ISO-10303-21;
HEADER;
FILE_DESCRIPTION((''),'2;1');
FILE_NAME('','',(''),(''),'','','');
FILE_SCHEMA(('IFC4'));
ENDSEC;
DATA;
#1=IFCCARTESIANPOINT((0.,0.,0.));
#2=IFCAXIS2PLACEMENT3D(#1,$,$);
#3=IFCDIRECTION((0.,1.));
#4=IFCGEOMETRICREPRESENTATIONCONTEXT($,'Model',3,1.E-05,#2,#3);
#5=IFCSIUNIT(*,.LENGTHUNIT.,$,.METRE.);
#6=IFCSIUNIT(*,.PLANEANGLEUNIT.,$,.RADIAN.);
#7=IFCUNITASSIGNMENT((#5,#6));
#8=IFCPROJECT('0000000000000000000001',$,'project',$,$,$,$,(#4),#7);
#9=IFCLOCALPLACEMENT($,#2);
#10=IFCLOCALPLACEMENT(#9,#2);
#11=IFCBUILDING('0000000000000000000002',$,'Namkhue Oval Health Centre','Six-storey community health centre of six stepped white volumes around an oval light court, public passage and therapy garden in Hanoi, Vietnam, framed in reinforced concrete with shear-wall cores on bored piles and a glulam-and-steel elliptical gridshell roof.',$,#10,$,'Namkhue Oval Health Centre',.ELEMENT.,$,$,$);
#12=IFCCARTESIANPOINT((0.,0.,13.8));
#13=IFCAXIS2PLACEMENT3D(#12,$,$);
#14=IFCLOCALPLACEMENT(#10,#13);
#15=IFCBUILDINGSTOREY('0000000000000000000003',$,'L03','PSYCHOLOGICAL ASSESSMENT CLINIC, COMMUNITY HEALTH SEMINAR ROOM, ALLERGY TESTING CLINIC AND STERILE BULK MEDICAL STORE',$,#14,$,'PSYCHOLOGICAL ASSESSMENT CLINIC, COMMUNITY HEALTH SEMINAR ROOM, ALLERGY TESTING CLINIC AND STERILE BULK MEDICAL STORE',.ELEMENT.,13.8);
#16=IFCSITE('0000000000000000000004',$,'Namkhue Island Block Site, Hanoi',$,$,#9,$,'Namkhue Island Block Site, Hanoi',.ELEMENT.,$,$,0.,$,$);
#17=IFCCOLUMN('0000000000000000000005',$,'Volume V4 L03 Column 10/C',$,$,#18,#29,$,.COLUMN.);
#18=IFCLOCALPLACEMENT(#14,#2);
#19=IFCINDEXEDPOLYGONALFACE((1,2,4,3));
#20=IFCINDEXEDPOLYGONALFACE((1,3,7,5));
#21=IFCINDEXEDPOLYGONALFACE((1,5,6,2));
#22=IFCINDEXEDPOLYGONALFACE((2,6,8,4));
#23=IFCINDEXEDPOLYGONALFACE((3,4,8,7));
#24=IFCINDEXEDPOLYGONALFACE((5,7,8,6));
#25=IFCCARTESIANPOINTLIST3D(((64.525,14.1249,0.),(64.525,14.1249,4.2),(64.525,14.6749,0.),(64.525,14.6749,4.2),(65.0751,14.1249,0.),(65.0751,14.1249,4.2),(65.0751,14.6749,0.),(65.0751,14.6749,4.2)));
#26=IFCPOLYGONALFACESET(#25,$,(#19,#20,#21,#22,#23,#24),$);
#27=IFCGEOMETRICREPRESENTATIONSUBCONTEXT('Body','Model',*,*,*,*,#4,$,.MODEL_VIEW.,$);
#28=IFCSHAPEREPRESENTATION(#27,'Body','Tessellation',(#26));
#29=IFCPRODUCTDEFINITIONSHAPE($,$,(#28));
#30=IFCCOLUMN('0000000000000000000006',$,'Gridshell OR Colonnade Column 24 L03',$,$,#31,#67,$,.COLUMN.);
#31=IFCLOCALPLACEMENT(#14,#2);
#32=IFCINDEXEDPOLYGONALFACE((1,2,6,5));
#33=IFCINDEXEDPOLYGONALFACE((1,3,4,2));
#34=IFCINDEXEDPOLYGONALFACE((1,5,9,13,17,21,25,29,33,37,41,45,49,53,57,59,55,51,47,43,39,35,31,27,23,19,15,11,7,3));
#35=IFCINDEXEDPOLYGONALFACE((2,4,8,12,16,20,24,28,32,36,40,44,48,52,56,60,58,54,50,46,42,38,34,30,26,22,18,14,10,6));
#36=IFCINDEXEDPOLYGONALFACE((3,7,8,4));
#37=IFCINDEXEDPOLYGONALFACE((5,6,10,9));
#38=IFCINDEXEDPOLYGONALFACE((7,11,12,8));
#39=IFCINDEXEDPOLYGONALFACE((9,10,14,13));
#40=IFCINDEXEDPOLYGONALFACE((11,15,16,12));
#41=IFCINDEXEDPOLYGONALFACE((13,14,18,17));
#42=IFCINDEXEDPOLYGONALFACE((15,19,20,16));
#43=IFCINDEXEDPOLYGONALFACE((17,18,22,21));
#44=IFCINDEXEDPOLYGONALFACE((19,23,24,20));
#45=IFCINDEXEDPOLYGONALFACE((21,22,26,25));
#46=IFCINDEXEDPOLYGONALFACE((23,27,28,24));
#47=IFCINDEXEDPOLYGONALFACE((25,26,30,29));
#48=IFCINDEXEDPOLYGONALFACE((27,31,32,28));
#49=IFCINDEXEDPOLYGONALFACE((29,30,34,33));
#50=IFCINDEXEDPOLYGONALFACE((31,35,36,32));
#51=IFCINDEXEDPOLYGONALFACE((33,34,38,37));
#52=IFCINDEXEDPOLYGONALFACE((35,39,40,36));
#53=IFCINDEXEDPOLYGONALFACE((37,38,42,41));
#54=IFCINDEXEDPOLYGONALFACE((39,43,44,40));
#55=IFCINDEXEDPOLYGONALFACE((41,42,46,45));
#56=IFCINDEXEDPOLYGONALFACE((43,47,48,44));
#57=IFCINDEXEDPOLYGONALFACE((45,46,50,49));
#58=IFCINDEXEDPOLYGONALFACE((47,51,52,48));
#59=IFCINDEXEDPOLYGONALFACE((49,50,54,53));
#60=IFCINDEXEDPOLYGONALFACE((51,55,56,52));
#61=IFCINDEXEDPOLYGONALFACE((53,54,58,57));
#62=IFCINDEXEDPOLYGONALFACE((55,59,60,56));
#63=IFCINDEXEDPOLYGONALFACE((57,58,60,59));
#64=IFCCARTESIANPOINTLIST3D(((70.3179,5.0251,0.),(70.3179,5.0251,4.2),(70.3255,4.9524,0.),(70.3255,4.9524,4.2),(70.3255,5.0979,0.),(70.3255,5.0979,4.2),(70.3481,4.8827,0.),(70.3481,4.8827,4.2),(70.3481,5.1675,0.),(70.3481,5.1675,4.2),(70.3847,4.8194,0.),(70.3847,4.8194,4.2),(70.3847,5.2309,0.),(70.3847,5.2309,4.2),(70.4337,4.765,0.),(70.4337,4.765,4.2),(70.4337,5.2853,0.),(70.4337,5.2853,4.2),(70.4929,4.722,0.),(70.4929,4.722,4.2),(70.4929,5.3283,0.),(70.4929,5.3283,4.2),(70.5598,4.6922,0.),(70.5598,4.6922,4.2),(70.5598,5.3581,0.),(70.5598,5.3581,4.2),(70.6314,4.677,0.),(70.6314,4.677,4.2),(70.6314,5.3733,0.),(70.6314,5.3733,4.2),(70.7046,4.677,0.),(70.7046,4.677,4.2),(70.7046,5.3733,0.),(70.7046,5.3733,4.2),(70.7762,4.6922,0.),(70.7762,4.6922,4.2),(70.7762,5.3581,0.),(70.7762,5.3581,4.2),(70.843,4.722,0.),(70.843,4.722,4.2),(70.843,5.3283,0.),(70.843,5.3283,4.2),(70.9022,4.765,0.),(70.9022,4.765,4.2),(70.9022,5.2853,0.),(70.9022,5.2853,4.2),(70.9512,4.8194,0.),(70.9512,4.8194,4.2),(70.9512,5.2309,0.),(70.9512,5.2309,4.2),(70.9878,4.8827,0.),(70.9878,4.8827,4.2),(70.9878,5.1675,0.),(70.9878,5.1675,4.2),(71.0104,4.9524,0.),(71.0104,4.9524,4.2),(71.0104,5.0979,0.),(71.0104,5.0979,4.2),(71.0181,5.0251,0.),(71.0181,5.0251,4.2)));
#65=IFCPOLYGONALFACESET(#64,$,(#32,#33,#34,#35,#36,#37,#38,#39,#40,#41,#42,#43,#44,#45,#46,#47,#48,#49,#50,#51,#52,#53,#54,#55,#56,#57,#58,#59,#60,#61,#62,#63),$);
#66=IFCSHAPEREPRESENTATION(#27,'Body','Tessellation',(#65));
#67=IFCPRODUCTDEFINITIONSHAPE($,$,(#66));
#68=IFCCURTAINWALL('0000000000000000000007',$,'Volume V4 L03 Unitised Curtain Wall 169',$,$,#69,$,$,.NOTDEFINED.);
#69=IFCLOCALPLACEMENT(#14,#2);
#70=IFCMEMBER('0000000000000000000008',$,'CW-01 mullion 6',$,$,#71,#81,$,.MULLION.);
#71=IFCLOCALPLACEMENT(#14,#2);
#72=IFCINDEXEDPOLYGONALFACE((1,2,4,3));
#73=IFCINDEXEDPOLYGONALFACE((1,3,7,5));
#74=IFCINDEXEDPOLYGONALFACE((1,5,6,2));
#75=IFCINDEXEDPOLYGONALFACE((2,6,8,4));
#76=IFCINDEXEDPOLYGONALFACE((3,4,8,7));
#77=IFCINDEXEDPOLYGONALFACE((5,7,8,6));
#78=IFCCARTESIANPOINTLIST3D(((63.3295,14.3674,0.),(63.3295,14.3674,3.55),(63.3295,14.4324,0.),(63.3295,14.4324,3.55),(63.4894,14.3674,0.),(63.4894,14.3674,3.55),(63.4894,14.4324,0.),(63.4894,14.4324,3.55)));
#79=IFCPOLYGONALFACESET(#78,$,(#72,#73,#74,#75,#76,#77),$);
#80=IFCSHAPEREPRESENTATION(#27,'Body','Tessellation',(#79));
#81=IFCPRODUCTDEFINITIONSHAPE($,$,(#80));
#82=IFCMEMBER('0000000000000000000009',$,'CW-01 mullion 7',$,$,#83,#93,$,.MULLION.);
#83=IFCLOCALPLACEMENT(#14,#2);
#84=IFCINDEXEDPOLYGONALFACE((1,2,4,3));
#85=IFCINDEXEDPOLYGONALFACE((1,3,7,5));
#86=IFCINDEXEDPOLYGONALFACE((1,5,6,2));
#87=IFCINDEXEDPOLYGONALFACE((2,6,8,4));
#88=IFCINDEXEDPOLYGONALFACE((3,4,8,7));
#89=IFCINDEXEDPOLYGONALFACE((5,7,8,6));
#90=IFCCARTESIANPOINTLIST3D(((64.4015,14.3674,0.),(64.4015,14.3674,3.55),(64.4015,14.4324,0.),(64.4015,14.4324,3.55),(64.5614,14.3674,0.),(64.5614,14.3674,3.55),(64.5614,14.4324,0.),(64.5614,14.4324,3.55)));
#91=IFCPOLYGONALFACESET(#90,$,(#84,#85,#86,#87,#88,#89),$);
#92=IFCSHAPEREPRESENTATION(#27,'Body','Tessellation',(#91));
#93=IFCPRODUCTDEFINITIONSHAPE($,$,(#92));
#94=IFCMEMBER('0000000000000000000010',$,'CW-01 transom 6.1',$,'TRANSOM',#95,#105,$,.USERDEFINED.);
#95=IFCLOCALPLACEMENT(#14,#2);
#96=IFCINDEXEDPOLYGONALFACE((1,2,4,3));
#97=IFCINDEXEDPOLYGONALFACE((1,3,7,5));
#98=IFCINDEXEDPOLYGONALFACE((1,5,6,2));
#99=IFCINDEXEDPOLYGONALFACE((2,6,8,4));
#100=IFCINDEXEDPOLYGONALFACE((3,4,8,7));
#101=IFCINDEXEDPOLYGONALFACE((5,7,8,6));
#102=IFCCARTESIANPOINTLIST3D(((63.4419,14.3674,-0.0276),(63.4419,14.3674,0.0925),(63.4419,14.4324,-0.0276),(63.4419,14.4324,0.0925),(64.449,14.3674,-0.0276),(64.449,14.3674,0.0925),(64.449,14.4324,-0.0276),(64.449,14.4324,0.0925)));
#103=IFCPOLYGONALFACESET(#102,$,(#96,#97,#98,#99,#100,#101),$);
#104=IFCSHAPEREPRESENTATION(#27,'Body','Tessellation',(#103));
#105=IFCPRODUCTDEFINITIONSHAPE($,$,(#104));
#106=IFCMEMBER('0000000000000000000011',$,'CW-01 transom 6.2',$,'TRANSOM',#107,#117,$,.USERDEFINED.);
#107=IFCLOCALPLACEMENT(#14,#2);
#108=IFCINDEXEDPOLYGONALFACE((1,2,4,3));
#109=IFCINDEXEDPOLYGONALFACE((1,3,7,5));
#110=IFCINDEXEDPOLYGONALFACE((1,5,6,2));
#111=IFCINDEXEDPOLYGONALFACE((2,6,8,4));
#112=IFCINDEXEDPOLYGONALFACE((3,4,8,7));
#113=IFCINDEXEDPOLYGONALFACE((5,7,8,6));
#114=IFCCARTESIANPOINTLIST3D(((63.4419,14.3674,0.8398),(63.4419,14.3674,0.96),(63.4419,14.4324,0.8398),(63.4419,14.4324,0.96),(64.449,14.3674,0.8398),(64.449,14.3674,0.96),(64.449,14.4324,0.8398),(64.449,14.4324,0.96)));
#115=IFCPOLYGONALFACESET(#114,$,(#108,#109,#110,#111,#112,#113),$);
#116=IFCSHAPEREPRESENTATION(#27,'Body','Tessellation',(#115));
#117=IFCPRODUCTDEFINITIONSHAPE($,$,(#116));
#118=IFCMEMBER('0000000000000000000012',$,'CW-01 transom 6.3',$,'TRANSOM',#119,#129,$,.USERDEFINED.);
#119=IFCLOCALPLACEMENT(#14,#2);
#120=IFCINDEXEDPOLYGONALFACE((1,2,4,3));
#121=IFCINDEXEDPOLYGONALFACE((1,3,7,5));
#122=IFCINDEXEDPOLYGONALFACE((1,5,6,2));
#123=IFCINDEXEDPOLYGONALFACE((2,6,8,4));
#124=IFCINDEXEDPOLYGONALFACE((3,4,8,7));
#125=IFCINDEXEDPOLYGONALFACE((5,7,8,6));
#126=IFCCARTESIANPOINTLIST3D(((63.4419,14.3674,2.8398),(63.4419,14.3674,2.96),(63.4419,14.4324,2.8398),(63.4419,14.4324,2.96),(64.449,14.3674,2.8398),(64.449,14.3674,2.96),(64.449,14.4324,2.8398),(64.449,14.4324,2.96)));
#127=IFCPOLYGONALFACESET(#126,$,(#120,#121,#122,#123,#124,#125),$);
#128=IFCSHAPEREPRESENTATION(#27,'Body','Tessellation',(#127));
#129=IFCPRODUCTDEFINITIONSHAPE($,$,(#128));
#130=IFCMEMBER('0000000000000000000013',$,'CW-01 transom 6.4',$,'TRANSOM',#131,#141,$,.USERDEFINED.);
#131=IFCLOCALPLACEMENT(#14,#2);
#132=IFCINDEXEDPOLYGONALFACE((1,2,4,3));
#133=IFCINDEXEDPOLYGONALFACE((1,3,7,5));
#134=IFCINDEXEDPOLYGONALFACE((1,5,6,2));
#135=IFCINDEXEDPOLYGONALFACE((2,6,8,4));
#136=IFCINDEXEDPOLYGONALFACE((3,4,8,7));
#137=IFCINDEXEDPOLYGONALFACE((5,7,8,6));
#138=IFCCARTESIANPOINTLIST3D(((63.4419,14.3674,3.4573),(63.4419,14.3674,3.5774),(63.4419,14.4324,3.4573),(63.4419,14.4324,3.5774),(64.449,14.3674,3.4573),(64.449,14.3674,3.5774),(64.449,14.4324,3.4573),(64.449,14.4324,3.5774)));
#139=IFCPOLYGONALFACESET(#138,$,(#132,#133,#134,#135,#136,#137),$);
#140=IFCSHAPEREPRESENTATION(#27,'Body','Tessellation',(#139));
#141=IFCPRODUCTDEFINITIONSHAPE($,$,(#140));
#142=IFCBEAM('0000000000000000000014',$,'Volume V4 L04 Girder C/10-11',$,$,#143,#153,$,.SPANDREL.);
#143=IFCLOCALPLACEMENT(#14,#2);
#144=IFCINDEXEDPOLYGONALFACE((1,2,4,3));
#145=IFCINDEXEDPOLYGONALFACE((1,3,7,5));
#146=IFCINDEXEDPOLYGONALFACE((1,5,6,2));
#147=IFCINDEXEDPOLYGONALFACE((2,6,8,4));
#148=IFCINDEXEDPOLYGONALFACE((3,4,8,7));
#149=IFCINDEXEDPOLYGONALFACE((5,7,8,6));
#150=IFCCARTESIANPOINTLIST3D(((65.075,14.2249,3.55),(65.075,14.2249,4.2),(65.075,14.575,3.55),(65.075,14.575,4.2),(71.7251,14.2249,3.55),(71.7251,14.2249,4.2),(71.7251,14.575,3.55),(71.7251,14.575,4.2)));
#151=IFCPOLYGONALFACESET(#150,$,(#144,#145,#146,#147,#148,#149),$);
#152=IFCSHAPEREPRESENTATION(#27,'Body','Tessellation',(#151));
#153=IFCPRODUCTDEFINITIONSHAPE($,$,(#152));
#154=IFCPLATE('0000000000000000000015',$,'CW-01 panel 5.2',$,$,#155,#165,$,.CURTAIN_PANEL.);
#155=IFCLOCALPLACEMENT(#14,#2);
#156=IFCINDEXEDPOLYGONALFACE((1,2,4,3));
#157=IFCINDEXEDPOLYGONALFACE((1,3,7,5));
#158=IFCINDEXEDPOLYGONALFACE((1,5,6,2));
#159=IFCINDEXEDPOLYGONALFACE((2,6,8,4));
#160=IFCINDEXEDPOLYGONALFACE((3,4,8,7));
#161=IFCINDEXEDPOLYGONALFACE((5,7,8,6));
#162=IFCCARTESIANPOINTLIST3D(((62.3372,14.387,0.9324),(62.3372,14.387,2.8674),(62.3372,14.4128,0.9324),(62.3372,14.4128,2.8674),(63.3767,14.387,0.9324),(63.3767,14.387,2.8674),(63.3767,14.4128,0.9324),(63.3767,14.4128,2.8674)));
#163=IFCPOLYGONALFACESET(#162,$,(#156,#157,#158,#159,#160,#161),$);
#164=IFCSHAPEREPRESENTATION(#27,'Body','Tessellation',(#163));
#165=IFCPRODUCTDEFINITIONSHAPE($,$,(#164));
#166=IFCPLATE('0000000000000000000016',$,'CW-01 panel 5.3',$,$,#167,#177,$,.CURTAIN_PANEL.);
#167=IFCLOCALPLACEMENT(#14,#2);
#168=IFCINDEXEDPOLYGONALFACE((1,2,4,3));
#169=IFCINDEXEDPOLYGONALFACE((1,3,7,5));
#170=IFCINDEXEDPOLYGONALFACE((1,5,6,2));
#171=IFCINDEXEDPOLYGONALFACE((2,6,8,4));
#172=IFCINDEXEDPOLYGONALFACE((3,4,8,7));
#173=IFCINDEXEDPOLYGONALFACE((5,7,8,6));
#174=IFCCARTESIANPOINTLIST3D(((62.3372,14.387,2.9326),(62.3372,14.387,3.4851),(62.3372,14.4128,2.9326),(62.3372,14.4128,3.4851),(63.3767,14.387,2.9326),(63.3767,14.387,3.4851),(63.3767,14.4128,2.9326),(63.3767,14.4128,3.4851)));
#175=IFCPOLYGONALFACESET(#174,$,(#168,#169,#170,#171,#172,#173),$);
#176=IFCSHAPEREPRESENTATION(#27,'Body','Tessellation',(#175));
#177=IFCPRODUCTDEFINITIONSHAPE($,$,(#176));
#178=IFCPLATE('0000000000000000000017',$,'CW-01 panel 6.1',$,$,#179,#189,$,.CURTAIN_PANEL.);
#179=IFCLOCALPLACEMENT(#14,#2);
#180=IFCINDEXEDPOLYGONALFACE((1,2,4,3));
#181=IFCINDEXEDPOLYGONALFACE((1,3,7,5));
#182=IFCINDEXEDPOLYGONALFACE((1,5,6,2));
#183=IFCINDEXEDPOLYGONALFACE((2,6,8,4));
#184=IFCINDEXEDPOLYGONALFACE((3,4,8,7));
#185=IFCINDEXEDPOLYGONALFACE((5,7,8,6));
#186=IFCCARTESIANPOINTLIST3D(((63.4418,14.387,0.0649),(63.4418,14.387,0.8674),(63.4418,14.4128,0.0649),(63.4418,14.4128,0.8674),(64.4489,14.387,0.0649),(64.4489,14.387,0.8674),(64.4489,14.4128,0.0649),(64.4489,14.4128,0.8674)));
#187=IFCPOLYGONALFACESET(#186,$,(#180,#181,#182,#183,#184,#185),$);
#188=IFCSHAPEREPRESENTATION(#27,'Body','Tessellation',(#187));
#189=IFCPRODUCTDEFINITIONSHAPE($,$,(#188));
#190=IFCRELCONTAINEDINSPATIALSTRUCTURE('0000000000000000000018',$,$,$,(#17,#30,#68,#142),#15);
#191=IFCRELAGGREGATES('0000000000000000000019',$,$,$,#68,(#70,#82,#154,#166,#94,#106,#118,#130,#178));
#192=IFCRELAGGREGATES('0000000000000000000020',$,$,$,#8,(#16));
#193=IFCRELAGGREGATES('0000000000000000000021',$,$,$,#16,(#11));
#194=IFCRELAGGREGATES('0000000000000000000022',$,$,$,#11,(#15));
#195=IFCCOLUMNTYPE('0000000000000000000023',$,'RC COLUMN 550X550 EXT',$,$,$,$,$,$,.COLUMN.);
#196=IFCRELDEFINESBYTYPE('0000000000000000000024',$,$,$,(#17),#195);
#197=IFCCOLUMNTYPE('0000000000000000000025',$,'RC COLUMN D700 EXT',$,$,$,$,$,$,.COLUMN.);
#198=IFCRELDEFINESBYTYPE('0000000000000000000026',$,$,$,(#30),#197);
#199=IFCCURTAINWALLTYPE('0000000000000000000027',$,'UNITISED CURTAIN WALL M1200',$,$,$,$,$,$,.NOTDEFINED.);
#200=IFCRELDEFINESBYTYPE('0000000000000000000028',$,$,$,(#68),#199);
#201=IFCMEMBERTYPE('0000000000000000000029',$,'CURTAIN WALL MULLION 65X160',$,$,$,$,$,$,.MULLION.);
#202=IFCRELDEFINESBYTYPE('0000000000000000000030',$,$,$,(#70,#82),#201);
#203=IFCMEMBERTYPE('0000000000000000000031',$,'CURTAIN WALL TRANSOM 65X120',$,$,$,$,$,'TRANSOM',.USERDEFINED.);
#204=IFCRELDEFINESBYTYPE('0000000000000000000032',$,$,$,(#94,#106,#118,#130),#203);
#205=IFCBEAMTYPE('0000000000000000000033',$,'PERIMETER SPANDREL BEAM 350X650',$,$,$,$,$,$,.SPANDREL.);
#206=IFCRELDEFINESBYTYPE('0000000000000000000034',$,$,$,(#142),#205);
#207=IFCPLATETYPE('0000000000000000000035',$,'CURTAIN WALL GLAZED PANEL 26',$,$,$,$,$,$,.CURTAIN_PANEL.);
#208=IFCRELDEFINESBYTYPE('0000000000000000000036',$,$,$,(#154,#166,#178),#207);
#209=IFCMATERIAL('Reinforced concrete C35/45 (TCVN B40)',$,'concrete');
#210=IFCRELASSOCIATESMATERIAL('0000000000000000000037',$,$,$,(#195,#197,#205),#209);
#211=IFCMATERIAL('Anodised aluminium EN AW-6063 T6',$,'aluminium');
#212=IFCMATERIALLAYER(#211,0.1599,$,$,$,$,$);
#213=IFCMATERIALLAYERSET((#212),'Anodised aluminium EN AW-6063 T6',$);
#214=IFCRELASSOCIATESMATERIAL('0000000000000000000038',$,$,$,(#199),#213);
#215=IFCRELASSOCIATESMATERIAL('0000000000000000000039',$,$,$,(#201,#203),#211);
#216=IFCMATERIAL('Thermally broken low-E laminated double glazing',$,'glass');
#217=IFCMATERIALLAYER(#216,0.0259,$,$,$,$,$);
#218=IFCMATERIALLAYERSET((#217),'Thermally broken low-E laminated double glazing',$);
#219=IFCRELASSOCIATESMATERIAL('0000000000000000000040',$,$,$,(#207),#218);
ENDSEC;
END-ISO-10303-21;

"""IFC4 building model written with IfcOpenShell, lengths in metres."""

from ifc_helpers import new_model, si_unit, direction, frame, origin, origin_2d, place, context, subcontext, project, spatial, rectangle, circle, extrude, material, layer, layer_set, material_profile, profile_set, type_object, element, aggregate, save


model = new_model("IFC4")

# Units and contexts
model_context = context("Model", 3, precision=1e-05, world=origin(), true_north=direction((0.0, 1.0)))
body_context = subcontext(model_context, "Body", "Model", "MODEL_VIEW")
ifc_project = project(units=[si_unit("LENGTHUNIT", "METRE"), si_unit("PLANEANGLEUNIT", "RADIAN")], contexts=[model_context])

# Site, building, storey
site_placement = place(None, origin())
site = spatial("IfcSite", under=ifc_project, at=site_placement, Name="Namkhue Island Block Site, Hanoi", LongName="Namkhue Island Block Site, Hanoi", CompositionType="ELEMENT", RefElevation=0.0)
building_placement = place(site_placement, origin())
building = spatial("IfcBuilding", under=site, at=building_placement, Name="Namkhue Oval Health Centre", Description="Six-storey community health centre of six stepped white volumes around an oval light court, public passage and therapy garden in Hanoi, Vietnam, framed in reinforced concrete with shear-wall cores on bored piles and a glulam-and-steel elliptical gridshell roof.", LongName="Namkhue Oval Health Centre", CompositionType="ELEMENT")
storey_placement = place(building_placement, frame((0.0, 0.0, 13.8)))
storey = spatial("IfcBuildingStorey", under=building, at=storey_placement, Name="L03", Description="PSYCHOLOGICAL ASSESSMENT CLINIC, COMMUNITY HEALTH SEMINAR ROOM, ALLERGY TESTING CLINIC AND STERILE BULK MEDICAL STORE", LongName="PSYCHOLOGICAL ASSESSMENT CLINIC, COMMUNITY HEALTH SEMINAR ROOM, ALLERGY TESTING CLINIC AND STERILE BULK MEDICAL STORE", CompositionType="ELEMENT", Elevation=13.8)

# Columns
ifc_material_1 = material(Name="Reinforced concrete C35/45 (TCVN B40)", Category="concrete")
ifc_material_profile_1 = material_profile(ifc_material_1, rectangle(XDim=0.55, YDim=0.55, at=origin_2d()), Name="RC 550x550")
ifc_profile_set_1 = profile_set([ifc_material_profile_1], Name="Reinforced concrete C35/45 (TCVN B40)")
column_type_1 = type_object("IfcColumnType", Name="RC COLUMN 550X550 EXT", PredefinedType="COLUMN", material=ifc_profile_set_1)
column_1_placement = place(storey_placement, frame((64.8, 14.3999, 0.0), z_axis=(0.0, 0.0, 1.0), x_axis=(1.0, 0.0, 0.0)))
element("IfcColumn", 1, at=column_1_placement, inside=storey, type_object=column_type_1, Name="Volume V4 L03 Column 10/C", PredefinedType="COLUMN", context=body_context, shape_type="SweptSolid", body=[
    extrude(rectangle(XDim=0.55, YDim=0.55, at=origin_2d()), origin(), (0.0, 0.0, 1.0), 4.2),
])
ifc_material_profile_2 = material_profile(ifc_material_1, circle(Radius=0.3501, at=origin_2d()), Name="RC D700")
ifc_profile_set_2 = profile_set([ifc_material_profile_2], Name="Reinforced concrete C35/45 (TCVN B40)")
column_type_2 = type_object("IfcColumnType", Name="RC COLUMN D700 EXT", PredefinedType="COLUMN", material=ifc_profile_set_2)
column_2_placement = place(storey_placement, frame((70.668, 5.0251, 0.0), z_axis=(0.0, 0.0, 1.0), x_axis=(1.0, 0.0, 0.0)))
element("IfcColumn", 2, at=column_2_placement, inside=storey, type_object=column_type_2, Name="Gridshell OR Colonnade Column 24 L03", PredefinedType="COLUMN", context=body_context, shape_type="SweptSolid", body=[
    extrude(circle(Radius=0.3501, at=origin_2d()), origin(), (0.0, 0.0, 1.0), 4.2),
])

# Curtain wall, members
ifc_material_2 = material(Name="Anodised aluminium EN AW-6063 T6", Category="aluminium")
ifc_layer_1 = layer(ifc_material_2, 0.1599)
ifc_layer_set_1 = layer_set([ifc_layer_1], Name="Anodised aluminium EN AW-6063 T6")
curtain_wall_type = type_object("IfcCurtainWallType", Name="UNITISED CURTAIN WALL M1200", PredefinedType="NOTDEFINED", material=ifc_layer_set_1)
curtain_wall_placement = place(storey_placement, origin())
curtain_wall = element("IfcCurtainWall", 3, at=curtain_wall_placement, inside=storey, type_object=curtain_wall_type, Name="Volume V4 L03 Unitised Curtain Wall 169", PredefinedType="NOTDEFINED")
ifc_material_profile_3 = material_profile(ifc_material_2, rectangle(XDim=0.0649, YDim=0.1599, at=origin_2d()), Name="ALU 65x160")
ifc_profile_set_3 = profile_set([ifc_material_profile_3], Name="Anodised aluminium EN AW-6063 T6")
member_type_1 = type_object("IfcMemberType", Name="CURTAIN WALL MULLION 65X160", PredefinedType="MULLION", material=ifc_profile_set_3)
member_1_placement = place(storey_placement, frame((63.4094, 14.3999, 0.0), z_axis=(0.0, 0.0, 1.0), x_axis=(0.0, 1.0, 0.0)))
member_1 = element("IfcMember", 4, at=member_1_placement, type_object=member_type_1, Name="CW-01 mullion 6", PredefinedType="MULLION", context=body_context, shape_type="SweptSolid", body=[
    extrude(rectangle(XDim=0.0649, YDim=0.1599, at=origin_2d()), origin(), (0.0, 0.0, 1.0), 3.55),
])
member_2_placement = place(storey_placement, frame((64.4814, 14.3999, 0.0), z_axis=(0.0, 0.0, 1.0), x_axis=(0.0, 1.0, 0.0)))
member_2 = element("IfcMember", 5, at=member_2_placement, type_object=member_type_1, Name="CW-01 mullion 7", PredefinedType="MULLION", context=body_context, shape_type="SweptSolid", body=[
    extrude(rectangle(XDim=0.0649, YDim=0.1599, at=origin_2d()), origin(), (0.0, 0.0, 1.0), 3.55),
])
ifc_material_profile_4 = material_profile(ifc_material_2, rectangle(XDim=0.0649, YDim=0.1201, at=origin_2d()), Name="ALU 65x120")
ifc_profile_set_4 = profile_set([ifc_material_profile_4], Name="Anodised aluminium EN AW-6063 T6")
member_type_2 = type_object("IfcMemberType", Name="CURTAIN WALL TRANSOM 65X120", ElementType="TRANSOM", PredefinedType="USERDEFINED", material=ifc_profile_set_4)
member_3_placement = place(storey_placement, frame((63.4419, 14.3999, 0.0325), z_axis=(1.0, 0.0, 0.0), x_axis=(0.0, 1.0, 0.0)))
member_3 = element("IfcMember", 6, at=member_3_placement, type_object=member_type_2, Name="CW-01 transom 6.1", ObjectType="TRANSOM", PredefinedType="USERDEFINED", context=body_context, shape_type="SweptSolid", body=[
    extrude(rectangle(XDim=0.0649, YDim=0.1201, at=origin_2d()), origin(), (0.0, 0.0, 1.0), 1.0071),
])
member_4_placement = place(storey_placement, frame((63.4419, 14.3999, 0.8999), z_axis=(1.0, 0.0, 0.0), x_axis=(0.0, 1.0, 0.0)))
member_4 = element("IfcMember", 7, at=member_4_placement, type_object=member_type_2, Name="CW-01 transom 6.2", ObjectType="TRANSOM", PredefinedType="USERDEFINED", context=body_context, shape_type="SweptSolid", body=[
    extrude(rectangle(XDim=0.0649, YDim=0.1201, at=origin_2d()), origin(), (0.0, 0.0, 1.0), 1.0071),
])
member_5_placement = place(storey_placement, frame((63.4419, 14.3999, 2.8999), z_axis=(1.0, 0.0, 0.0), x_axis=(0.0, 1.0, 0.0)))
member_5 = element("IfcMember", 8, at=member_5_placement, type_object=member_type_2, Name="CW-01 transom 6.3", ObjectType="TRANSOM", PredefinedType="USERDEFINED", context=body_context, shape_type="SweptSolid", body=[
    extrude(rectangle(XDim=0.0649, YDim=0.1201, at=origin_2d()), origin(), (0.0, 0.0, 1.0), 1.0071),
])
member_6_placement = place(storey_placement, frame((63.4419, 14.3999, 3.5173), z_axis=(1.0, 0.0, 0.0), x_axis=(0.0, 1.0, 0.0)))
member_6 = element("IfcMember", 9, at=member_6_placement, type_object=member_type_2, Name="CW-01 transom 6.4", ObjectType="TRANSOM", PredefinedType="USERDEFINED", context=body_context, shape_type="SweptSolid", body=[
    extrude(rectangle(XDim=0.0649, YDim=0.1201, at=origin_2d()), origin(), (0.0, 0.0, 1.0), 1.0071),
])

# Beam
ifc_material_profile_5 = material_profile(ifc_material_1, rectangle(XDim=0.3501, YDim=0.6499, at=origin_2d()), Name="RC 350x650")
ifc_profile_set_5 = profile_set([ifc_material_profile_5], Name="Reinforced concrete C35/45 (TCVN B40)")
beam_type = type_object("IfcBeamType", Name="PERIMETER SPANDREL BEAM 350X650", PredefinedType="SPANDREL", material=ifc_profile_set_5)
beam_placement = place(storey_placement, frame((65.075, 14.3999, 3.875), z_axis=(1.0, 0.0, 0.0), x_axis=(0.0, 1.0, 0.0)))
element("IfcBeam", 10, at=beam_placement, inside=storey, type_object=beam_type, Name="Volume V4 L04 Girder C/10-11", PredefinedType="SPANDREL", context=body_context, shape_type="SweptSolid", body=[
    extrude(rectangle(XDim=0.3501, YDim=0.6499, at=origin_2d()), origin(), (0.0, 0.0, 1.0), 6.6501),
])

# Plates
ifc_material_3 = material(Name="Thermally broken low-E laminated double glazing", Category="glass")
ifc_layer_2 = layer(ifc_material_3, 0.0259)
ifc_layer_set_2 = layer_set([ifc_layer_2], Name="Thermally broken low-E laminated double glazing")
plate_type = type_object("IfcPlateType", Name="CURTAIN WALL GLAZED PANEL 26", PredefinedType="CURTAIN_PANEL", material=ifc_layer_set_2)
plate_1_placement = place(storey_placement, frame((62.8569, 14.3999, 0.9324), z_axis=(0.0, 0.0, 1.0), x_axis=(1.0, 0.0, 0.0)))
plate_1 = element("IfcPlate", 11, at=plate_1_placement, type_object=plate_type, Name="CW-01 panel 5.2", PredefinedType="CURTAIN_PANEL", context=body_context, shape_type="SweptSolid", body=[
    extrude(rectangle(XDim=1.0396, YDim=0.0259, at=origin_2d()), origin(), (0.0, 0.0, 1.0), 1.9351),
])
plate_2_placement = place(storey_placement, frame((62.8569, 14.3999, 2.9326), z_axis=(0.0, 0.0, 1.0), x_axis=(1.0, 0.0, 0.0)))
plate_2 = element("IfcPlate", 12, at=plate_2_placement, type_object=plate_type, Name="CW-01 panel 5.3", PredefinedType="CURTAIN_PANEL", context=body_context, shape_type="SweptSolid", body=[
    extrude(rectangle(XDim=1.0396, YDim=0.0259, at=origin_2d()), origin(), (0.0, 0.0, 1.0), 0.5525),
])
plate_3_placement = place(storey_placement, frame((63.9453, 14.3999, 0.0649), z_axis=(0.0, 0.0, 1.0), x_axis=(1.0, 0.0, 0.0)))
plate_3 = element("IfcPlate", 13, at=plate_3_placement, type_object=plate_type, Name="CW-01 panel 6.1", PredefinedType="CURTAIN_PANEL", context=body_context, shape_type="SweptSolid", body=[
    extrude(rectangle(XDim=1.0071, YDim=0.0259, at=origin_2d()), origin(), (0.0, 0.0, 1.0), 0.8025),
])
aggregate(curtain_wall, [member_1, member_2, plate_1, plate_2, member_3, member_4, member_5, member_6, plate_3])

save(model, "model.ifc")
